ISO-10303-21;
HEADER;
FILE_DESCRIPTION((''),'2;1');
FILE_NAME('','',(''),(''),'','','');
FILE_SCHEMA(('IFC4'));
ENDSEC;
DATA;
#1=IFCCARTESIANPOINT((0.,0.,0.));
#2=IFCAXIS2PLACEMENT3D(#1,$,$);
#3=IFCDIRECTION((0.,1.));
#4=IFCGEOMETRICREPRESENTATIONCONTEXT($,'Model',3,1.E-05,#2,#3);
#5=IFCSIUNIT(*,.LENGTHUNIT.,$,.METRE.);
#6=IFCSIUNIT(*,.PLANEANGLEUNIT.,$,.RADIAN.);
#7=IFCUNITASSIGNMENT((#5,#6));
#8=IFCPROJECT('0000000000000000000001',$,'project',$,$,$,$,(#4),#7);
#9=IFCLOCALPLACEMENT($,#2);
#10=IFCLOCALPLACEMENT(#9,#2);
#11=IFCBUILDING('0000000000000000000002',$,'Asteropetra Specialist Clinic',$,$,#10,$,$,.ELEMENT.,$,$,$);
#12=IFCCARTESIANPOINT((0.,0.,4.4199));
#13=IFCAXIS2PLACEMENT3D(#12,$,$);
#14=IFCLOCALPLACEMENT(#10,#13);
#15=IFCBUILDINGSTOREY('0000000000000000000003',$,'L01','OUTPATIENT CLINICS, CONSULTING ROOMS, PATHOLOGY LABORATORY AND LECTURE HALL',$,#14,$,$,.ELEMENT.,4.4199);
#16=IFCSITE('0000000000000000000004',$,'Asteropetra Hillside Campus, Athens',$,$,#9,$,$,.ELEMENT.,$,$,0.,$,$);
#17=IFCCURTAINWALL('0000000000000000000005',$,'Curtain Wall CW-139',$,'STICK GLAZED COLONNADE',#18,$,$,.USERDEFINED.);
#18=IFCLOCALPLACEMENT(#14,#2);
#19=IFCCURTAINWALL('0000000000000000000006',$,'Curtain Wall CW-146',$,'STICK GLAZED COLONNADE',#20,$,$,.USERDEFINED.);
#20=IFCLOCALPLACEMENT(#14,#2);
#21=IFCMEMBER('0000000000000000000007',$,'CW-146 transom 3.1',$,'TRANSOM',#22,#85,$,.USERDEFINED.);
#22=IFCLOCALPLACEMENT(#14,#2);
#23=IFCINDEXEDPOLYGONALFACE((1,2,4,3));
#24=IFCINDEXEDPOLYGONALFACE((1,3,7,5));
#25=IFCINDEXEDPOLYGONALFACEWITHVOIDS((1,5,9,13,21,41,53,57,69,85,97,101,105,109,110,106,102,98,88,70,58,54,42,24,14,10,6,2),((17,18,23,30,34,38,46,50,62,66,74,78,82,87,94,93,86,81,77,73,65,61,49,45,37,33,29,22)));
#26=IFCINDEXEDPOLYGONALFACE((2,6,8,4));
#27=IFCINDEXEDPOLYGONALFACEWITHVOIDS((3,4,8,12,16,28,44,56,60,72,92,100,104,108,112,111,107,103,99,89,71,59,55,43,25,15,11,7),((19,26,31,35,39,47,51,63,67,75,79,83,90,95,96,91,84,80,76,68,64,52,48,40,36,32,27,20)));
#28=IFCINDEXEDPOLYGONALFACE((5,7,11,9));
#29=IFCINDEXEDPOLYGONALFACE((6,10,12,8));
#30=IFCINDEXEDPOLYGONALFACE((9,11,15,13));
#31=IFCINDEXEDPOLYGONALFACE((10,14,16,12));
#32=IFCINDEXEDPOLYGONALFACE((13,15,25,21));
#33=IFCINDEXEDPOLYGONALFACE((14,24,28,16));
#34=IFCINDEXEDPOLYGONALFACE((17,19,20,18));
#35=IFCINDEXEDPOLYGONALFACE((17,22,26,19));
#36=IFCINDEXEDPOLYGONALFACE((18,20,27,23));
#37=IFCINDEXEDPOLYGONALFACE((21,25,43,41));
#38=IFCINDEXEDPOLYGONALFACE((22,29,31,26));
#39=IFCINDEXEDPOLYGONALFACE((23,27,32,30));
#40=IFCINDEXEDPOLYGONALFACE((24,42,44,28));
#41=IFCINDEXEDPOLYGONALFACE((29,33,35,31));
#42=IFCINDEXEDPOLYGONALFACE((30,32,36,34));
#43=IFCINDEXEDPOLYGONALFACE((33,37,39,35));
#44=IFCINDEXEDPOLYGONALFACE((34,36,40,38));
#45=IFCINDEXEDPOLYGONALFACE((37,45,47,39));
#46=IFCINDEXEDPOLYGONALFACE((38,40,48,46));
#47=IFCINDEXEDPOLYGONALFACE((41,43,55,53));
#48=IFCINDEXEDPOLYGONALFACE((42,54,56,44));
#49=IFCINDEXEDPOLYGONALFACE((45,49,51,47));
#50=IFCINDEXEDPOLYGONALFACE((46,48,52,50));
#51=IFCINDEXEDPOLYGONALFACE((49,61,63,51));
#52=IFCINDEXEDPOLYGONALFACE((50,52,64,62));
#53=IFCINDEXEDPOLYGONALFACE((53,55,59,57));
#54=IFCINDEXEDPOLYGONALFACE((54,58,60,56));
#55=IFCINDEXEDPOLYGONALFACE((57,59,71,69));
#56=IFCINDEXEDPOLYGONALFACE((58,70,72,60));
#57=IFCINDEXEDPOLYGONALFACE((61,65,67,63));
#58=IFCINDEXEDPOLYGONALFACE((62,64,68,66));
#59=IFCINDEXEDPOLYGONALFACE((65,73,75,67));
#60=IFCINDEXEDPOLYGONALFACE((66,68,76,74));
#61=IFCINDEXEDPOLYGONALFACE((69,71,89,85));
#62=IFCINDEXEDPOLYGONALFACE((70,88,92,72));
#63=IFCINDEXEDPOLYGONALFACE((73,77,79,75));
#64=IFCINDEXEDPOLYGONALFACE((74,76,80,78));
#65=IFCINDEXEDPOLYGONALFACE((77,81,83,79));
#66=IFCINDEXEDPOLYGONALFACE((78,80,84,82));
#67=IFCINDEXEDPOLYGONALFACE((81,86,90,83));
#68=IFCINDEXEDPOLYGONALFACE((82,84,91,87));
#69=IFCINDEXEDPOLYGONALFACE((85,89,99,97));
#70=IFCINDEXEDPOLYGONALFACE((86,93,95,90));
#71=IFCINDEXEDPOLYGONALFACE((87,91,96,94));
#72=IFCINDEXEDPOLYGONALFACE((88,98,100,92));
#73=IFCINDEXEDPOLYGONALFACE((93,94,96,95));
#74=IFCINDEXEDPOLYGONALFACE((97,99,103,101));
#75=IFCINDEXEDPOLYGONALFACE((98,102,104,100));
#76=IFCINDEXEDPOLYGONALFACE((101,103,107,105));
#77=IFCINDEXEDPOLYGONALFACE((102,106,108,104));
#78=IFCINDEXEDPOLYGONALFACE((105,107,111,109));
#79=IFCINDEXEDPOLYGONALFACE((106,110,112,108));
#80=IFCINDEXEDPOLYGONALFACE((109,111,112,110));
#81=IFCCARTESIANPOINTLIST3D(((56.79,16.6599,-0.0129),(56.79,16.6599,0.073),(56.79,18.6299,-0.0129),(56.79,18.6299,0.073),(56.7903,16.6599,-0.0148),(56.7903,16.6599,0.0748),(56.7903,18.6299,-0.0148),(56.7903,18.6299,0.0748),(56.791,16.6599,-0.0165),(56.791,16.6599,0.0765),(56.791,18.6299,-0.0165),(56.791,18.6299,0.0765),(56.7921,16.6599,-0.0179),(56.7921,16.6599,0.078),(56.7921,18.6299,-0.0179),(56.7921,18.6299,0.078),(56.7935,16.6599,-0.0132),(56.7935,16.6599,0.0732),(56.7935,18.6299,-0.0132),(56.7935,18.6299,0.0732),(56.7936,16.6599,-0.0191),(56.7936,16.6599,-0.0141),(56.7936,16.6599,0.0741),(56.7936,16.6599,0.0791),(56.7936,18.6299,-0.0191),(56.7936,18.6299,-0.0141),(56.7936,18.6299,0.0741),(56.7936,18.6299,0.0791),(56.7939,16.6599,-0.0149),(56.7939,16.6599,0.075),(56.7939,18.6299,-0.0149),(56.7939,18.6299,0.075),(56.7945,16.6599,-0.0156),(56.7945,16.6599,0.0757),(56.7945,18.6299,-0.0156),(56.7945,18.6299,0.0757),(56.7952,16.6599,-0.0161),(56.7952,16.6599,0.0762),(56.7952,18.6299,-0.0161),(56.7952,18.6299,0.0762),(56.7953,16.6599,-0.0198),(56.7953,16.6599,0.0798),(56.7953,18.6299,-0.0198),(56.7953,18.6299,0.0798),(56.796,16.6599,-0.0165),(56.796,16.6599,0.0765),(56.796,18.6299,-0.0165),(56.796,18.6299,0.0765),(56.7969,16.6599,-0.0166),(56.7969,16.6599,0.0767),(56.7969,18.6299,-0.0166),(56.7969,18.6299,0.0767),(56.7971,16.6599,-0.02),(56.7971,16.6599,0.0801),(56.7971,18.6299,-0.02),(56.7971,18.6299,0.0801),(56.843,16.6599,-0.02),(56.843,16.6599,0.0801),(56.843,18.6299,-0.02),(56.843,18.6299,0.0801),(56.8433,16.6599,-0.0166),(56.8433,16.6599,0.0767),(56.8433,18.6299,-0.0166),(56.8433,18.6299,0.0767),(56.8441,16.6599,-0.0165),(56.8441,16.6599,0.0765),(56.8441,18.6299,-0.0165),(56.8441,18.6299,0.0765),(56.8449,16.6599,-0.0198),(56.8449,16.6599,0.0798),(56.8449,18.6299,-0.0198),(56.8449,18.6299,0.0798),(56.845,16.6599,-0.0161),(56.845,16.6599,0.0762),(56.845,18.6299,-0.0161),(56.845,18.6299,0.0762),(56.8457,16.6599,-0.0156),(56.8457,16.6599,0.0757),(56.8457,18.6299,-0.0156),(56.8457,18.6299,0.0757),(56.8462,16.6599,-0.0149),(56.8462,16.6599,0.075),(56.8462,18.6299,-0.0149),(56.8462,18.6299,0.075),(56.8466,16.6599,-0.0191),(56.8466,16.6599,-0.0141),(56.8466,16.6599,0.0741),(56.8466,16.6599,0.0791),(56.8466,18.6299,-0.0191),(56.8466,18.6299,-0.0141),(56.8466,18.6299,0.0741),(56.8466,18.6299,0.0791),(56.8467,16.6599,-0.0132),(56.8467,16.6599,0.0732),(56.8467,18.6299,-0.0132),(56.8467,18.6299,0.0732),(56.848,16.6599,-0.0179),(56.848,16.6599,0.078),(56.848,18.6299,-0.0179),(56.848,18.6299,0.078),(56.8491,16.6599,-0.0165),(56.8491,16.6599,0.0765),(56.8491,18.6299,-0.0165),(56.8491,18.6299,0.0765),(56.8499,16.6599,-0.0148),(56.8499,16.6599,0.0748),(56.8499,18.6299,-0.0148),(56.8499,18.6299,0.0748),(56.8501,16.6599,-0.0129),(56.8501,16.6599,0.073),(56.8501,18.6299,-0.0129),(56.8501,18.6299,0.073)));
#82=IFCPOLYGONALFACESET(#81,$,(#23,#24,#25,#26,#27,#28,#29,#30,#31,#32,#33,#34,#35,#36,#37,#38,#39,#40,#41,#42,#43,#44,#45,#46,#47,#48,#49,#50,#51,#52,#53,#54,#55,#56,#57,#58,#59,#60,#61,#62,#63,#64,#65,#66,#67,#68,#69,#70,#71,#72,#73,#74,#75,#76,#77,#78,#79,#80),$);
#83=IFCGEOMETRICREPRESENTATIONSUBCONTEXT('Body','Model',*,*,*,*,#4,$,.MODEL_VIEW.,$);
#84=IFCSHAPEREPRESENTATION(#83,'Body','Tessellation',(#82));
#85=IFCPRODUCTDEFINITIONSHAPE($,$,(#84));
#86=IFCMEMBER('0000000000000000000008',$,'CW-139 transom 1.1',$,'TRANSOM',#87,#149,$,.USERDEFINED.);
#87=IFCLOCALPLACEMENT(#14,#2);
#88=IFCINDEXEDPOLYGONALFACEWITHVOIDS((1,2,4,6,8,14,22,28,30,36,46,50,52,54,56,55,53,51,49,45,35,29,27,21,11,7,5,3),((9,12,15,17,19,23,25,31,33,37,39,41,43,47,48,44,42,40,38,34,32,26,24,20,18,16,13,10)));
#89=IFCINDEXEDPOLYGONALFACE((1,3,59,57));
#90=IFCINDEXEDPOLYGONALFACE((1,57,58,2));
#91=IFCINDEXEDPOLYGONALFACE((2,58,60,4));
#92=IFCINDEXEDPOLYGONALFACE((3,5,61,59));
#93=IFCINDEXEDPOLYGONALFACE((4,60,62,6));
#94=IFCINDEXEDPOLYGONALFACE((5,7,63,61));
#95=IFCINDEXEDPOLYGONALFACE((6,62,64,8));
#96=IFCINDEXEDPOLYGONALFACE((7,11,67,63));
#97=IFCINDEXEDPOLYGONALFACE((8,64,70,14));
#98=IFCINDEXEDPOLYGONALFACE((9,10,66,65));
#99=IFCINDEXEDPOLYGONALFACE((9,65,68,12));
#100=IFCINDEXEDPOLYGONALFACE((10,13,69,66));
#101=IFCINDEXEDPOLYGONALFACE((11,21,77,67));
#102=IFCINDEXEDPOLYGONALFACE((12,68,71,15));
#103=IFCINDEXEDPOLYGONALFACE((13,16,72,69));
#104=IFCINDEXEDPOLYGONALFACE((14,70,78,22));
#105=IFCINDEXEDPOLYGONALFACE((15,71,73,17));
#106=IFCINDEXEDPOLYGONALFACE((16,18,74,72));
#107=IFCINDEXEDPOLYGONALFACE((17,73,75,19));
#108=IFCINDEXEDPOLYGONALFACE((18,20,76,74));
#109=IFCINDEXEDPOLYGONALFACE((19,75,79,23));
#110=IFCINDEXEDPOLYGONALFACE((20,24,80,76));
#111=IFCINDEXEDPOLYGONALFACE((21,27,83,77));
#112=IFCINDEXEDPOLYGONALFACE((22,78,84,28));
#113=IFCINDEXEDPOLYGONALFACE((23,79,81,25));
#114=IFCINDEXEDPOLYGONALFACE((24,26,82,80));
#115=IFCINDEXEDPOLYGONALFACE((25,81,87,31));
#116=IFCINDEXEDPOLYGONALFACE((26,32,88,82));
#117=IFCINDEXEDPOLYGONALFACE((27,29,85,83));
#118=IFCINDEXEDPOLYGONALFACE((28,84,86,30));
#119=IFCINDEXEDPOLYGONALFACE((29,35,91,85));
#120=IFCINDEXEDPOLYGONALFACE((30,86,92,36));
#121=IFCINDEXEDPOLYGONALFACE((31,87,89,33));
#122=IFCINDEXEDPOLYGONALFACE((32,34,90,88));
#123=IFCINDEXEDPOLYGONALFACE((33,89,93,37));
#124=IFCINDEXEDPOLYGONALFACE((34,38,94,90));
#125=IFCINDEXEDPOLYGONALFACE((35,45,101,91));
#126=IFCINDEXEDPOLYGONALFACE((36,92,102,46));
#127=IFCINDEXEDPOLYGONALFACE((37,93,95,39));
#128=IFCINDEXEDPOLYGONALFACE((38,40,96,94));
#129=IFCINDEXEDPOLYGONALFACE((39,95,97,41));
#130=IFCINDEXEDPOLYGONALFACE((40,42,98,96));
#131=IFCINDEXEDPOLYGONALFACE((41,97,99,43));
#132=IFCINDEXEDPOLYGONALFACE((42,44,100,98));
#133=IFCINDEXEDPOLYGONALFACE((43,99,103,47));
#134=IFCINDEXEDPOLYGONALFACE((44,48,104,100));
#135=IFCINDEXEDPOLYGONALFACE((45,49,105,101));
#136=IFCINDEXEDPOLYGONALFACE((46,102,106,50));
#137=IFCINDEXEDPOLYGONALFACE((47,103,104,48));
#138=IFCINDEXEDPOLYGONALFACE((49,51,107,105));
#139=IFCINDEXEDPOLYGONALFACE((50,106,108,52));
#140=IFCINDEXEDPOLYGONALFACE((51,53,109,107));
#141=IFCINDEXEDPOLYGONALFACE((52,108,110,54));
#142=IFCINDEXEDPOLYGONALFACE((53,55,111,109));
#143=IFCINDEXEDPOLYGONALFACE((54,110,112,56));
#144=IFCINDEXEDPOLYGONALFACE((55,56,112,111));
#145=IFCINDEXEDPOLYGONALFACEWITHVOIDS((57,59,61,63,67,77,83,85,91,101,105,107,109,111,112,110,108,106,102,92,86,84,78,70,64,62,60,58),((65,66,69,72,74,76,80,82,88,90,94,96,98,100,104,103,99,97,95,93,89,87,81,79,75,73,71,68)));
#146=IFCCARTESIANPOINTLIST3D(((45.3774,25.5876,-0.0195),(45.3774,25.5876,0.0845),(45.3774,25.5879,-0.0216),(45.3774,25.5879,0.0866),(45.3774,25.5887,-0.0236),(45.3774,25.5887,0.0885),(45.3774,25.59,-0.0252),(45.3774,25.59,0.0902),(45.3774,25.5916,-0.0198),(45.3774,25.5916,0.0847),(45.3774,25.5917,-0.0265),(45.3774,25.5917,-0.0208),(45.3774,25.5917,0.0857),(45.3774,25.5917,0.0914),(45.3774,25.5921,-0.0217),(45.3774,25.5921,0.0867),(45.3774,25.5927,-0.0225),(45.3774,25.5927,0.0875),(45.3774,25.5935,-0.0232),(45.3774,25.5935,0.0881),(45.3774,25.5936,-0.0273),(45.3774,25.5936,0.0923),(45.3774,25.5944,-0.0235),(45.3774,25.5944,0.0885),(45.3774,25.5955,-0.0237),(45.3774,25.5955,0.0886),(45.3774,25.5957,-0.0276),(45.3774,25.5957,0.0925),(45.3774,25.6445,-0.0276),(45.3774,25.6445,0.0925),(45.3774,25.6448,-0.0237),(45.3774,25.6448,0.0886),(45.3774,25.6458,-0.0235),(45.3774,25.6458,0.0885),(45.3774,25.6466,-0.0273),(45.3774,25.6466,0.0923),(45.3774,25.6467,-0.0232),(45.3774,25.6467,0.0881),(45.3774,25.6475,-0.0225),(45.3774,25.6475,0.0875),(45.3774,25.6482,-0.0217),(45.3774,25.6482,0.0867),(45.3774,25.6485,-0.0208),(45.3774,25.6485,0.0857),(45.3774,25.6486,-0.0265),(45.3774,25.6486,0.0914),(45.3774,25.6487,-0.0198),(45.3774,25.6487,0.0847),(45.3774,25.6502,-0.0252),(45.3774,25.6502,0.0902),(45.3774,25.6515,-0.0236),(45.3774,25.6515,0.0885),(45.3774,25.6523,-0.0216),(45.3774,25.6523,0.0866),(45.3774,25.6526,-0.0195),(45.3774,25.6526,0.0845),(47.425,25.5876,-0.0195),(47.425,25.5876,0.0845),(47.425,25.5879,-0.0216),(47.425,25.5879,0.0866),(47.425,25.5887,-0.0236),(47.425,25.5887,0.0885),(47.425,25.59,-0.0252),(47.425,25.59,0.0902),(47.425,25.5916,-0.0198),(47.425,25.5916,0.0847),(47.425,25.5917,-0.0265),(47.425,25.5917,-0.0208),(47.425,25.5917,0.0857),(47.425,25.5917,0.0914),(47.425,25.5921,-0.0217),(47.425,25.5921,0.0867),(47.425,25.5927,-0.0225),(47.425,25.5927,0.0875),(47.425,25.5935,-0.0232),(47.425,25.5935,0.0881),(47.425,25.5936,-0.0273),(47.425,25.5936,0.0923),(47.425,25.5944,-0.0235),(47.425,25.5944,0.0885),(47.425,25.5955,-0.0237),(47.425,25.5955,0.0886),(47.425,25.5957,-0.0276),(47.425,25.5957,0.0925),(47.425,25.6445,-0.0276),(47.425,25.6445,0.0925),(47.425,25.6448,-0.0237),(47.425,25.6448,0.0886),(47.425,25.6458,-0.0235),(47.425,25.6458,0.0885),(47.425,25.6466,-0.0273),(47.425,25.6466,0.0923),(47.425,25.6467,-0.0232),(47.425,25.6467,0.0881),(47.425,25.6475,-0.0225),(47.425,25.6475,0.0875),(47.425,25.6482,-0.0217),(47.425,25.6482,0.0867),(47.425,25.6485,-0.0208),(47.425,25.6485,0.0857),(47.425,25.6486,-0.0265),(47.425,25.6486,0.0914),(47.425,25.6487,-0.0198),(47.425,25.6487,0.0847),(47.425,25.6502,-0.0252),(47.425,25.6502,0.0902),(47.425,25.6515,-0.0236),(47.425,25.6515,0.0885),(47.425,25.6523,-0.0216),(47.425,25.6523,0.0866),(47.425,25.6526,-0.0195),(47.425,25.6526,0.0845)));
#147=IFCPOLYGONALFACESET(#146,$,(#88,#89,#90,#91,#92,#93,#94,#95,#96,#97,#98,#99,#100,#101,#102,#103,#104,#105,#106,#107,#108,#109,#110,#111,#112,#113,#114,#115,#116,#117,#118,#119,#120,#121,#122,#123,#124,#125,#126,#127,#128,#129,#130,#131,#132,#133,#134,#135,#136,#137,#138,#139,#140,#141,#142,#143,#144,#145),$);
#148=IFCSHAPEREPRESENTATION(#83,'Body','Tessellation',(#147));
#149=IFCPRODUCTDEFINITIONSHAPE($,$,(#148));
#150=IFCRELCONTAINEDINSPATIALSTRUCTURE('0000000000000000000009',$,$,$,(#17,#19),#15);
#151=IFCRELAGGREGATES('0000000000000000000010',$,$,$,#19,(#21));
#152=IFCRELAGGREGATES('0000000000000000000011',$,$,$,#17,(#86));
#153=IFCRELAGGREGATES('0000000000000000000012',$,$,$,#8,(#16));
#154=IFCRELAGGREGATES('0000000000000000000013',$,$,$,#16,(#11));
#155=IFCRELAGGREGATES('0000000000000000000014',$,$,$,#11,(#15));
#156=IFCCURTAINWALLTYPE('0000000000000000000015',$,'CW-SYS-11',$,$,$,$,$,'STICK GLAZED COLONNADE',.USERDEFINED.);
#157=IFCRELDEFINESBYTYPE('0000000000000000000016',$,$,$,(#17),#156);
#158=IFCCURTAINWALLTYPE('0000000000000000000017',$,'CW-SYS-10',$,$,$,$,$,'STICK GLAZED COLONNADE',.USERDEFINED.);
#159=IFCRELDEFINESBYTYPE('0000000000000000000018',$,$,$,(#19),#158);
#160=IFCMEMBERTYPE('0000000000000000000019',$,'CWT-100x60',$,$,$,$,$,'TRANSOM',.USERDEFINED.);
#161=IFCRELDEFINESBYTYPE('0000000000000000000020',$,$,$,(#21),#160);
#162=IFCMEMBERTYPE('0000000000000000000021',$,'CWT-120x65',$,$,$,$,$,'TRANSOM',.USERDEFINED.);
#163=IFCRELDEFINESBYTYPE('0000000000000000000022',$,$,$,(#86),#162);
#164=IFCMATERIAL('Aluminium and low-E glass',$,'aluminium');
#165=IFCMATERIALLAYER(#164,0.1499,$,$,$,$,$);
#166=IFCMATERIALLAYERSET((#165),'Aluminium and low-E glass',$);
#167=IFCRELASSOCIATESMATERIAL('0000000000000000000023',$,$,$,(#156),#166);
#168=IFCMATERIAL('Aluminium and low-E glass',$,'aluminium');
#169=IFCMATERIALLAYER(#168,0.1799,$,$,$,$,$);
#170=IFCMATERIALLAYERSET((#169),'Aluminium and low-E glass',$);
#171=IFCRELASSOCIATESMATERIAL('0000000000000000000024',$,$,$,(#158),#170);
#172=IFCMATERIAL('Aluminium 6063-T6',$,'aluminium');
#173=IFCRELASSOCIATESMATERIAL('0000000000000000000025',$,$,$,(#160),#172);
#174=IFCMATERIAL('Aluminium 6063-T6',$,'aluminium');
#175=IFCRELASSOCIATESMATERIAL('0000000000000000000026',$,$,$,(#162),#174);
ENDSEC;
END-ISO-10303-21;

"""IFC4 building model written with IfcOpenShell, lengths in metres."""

from ifc_helpers import new_model, si_unit, direction, frame, origin, origin_2d, place, context, subcontext, project, spatial, hollow_rectangle, extrude, material, layer, layer_set, material_profile, profile_set, type_object, element, aggregate, save


model = new_model("IFC4")

# Units and contexts
model_context = context("Model", 3, precision=1e-05, world=origin(), true_north=direction((0.0, 1.0)))
body_context = subcontext(model_context, "Body", "Model", "MODEL_VIEW")
ifc_project = project(units=[si_unit("LENGTHUNIT", "METRE"), si_unit("PLANEANGLEUNIT", "RADIAN")], contexts=[model_context])

# Site, building, storey
site_placement = place(None, origin())
site = spatial("IfcSite", under=ifc_project, at=site_placement, Name="Asteropetra Hillside Campus, Athens", CompositionType="ELEMENT", RefElevation=0.0)
building_placement = place(site_placement, origin())
building = spatial("IfcBuilding", under=site, at=building_placement, Name="Asteropetra Specialist Clinic", CompositionType="ELEMENT")
storey_placement = place(building_placement, frame((0.0, 0.0, 4.4199)))
storey = spatial("IfcBuildingStorey", under=building, at=storey_placement, Name="L01", Description="OUTPATIENT CLINICS, CONSULTING ROOMS, PATHOLOGY LABORATORY AND LECTURE HALL", CompositionType="ELEMENT", Elevation=4.4199)

# Curtain walls, member
ifc_material_1 = material(Name="Aluminium and low-E glass", Category="aluminium")
ifc_layer_1 = layer(ifc_material_1, 0.1499)
ifc_layer_set_1 = layer_set([ifc_layer_1], Name="Aluminium and low-E glass")
curtain_wall_type_1 = type_object("IfcCurtainWallType", Name="CW-SYS-11", ElementType="STICK GLAZED COLONNADE", PredefinedType="USERDEFINED", material=ifc_layer_set_1)
curtain_wall_1_placement = place(storey_placement, origin())
curtain_wall_1 = element("IfcCurtainWall", 1, at=curtain_wall_1_placement, inside=storey, type_object=curtain_wall_type_1, Name="Curtain Wall CW-139", ObjectType="STICK GLAZED COLONNADE", PredefinedType="USERDEFINED")
ifc_material_2 = material(Name="Aluminium and low-E glass", Category="aluminium")
ifc_layer_2 = layer(ifc_material_2, 0.1799)
ifc_layer_set_2 = layer_set([ifc_layer_2], Name="Aluminium and low-E glass")
curtain_wall_type_2 = type_object("IfcCurtainWallType", Name="CW-SYS-10", ElementType="STICK GLAZED COLONNADE", PredefinedType="USERDEFINED", material=ifc_layer_set_2)
curtain_wall_2_placement = place(storey_placement, origin())
curtain_wall_2 = element("IfcCurtainWall", 2, at=curtain_wall_2_placement, inside=storey, type_object=curtain_wall_type_2, Name="Curtain Wall CW-146", ObjectType="STICK GLAZED COLONNADE", PredefinedType="USERDEFINED")
ifc_material_3 = material(Name="Aluminium 6063-T6", Category="aluminium")
ifc_material_profile_1 = material_profile(ifc_material_3, hollow_rectangle(XDim=0.0601, YDim=0.1001, WallThickness=0.0034, InnerFilletRadius=0.0034, OuterFilletRadius=0.0071, at=origin_2d()), Name="TRN 100x60x3.5")
ifc_profile_set_1 = profile_set([ifc_material_profile_1], Name="Aluminium 6063-T6")
member_type_1 = type_object("IfcMemberType", Name="CWT-100x60", ElementType="TRANSOM", PredefinedType="USERDEFINED", material=ifc_profile_set_1)
member_1_placement = place(storey_placement, frame((56.8201, 16.6599, 0.03), z_axis=(0.0, 1.0, 0.0), x_axis=(-1.0, 0.0, 0.0)))
member_1 = element("IfcMember", 3, at=member_1_placement, type_object=member_type_1, Name="CW-146 transom 3.1", ObjectType="TRANSOM", PredefinedType="USERDEFINED", context=body_context, shape_type="SweptSolid", body=[
    extrude(hollow_rectangle(XDim=0.0601, YDim=0.1001, WallThickness=0.0034, InnerFilletRadius=0.0034, OuterFilletRadius=0.0071, at=origin_2d()), origin(), (0.0, 0.0, 1.0), 1.97),
])
aggregate(curtain_wall_2, [member_1])

# Member
ifc_material_4 = material(Name="Aluminium 6063-T6", Category="aluminium")
ifc_material_profile_2 = material_profile(ifc_material_4, hollow_rectangle(XDim=0.0649, YDim=0.1201, WallThickness=0.0039, InnerFilletRadius=0.0039, OuterFilletRadius=0.0081, at=origin_2d()), Name="TRN 120x65x4.0")
ifc_profile_set_2 = profile_set([ifc_material_profile_2], Name="Aluminium 6063-T6")
member_type_2 = type_object("IfcMemberType", Name="CWT-120x65", ElementType="TRANSOM", PredefinedType="USERDEFINED", material=ifc_profile_set_2)
member_2_placement = place(storey_placement, frame((47.425, 25.6201, 0.0325), z_axis=(-1.0, 0.0, 0.0), x_axis=(0.0, -1.0, 0.0)))
member_2 = element("IfcMember", 4, at=member_2_placement, type_object=member_type_2, Name="CW-139 transom 1.1", ObjectType="TRANSOM", PredefinedType="USERDEFINED", context=body_context, shape_type="SweptSolid", body=[
    extrude(hollow_rectangle(XDim=0.0649, YDim=0.1201, WallThickness=0.0039, InnerFilletRadius=0.0039, OuterFilletRadius=0.0081, at=origin_2d()), origin(), (0.0, 0.0, 1.0), 2.0476),
])
aggregate(curtain_wall_1, [member_2])

save(model, "model.ifc")
